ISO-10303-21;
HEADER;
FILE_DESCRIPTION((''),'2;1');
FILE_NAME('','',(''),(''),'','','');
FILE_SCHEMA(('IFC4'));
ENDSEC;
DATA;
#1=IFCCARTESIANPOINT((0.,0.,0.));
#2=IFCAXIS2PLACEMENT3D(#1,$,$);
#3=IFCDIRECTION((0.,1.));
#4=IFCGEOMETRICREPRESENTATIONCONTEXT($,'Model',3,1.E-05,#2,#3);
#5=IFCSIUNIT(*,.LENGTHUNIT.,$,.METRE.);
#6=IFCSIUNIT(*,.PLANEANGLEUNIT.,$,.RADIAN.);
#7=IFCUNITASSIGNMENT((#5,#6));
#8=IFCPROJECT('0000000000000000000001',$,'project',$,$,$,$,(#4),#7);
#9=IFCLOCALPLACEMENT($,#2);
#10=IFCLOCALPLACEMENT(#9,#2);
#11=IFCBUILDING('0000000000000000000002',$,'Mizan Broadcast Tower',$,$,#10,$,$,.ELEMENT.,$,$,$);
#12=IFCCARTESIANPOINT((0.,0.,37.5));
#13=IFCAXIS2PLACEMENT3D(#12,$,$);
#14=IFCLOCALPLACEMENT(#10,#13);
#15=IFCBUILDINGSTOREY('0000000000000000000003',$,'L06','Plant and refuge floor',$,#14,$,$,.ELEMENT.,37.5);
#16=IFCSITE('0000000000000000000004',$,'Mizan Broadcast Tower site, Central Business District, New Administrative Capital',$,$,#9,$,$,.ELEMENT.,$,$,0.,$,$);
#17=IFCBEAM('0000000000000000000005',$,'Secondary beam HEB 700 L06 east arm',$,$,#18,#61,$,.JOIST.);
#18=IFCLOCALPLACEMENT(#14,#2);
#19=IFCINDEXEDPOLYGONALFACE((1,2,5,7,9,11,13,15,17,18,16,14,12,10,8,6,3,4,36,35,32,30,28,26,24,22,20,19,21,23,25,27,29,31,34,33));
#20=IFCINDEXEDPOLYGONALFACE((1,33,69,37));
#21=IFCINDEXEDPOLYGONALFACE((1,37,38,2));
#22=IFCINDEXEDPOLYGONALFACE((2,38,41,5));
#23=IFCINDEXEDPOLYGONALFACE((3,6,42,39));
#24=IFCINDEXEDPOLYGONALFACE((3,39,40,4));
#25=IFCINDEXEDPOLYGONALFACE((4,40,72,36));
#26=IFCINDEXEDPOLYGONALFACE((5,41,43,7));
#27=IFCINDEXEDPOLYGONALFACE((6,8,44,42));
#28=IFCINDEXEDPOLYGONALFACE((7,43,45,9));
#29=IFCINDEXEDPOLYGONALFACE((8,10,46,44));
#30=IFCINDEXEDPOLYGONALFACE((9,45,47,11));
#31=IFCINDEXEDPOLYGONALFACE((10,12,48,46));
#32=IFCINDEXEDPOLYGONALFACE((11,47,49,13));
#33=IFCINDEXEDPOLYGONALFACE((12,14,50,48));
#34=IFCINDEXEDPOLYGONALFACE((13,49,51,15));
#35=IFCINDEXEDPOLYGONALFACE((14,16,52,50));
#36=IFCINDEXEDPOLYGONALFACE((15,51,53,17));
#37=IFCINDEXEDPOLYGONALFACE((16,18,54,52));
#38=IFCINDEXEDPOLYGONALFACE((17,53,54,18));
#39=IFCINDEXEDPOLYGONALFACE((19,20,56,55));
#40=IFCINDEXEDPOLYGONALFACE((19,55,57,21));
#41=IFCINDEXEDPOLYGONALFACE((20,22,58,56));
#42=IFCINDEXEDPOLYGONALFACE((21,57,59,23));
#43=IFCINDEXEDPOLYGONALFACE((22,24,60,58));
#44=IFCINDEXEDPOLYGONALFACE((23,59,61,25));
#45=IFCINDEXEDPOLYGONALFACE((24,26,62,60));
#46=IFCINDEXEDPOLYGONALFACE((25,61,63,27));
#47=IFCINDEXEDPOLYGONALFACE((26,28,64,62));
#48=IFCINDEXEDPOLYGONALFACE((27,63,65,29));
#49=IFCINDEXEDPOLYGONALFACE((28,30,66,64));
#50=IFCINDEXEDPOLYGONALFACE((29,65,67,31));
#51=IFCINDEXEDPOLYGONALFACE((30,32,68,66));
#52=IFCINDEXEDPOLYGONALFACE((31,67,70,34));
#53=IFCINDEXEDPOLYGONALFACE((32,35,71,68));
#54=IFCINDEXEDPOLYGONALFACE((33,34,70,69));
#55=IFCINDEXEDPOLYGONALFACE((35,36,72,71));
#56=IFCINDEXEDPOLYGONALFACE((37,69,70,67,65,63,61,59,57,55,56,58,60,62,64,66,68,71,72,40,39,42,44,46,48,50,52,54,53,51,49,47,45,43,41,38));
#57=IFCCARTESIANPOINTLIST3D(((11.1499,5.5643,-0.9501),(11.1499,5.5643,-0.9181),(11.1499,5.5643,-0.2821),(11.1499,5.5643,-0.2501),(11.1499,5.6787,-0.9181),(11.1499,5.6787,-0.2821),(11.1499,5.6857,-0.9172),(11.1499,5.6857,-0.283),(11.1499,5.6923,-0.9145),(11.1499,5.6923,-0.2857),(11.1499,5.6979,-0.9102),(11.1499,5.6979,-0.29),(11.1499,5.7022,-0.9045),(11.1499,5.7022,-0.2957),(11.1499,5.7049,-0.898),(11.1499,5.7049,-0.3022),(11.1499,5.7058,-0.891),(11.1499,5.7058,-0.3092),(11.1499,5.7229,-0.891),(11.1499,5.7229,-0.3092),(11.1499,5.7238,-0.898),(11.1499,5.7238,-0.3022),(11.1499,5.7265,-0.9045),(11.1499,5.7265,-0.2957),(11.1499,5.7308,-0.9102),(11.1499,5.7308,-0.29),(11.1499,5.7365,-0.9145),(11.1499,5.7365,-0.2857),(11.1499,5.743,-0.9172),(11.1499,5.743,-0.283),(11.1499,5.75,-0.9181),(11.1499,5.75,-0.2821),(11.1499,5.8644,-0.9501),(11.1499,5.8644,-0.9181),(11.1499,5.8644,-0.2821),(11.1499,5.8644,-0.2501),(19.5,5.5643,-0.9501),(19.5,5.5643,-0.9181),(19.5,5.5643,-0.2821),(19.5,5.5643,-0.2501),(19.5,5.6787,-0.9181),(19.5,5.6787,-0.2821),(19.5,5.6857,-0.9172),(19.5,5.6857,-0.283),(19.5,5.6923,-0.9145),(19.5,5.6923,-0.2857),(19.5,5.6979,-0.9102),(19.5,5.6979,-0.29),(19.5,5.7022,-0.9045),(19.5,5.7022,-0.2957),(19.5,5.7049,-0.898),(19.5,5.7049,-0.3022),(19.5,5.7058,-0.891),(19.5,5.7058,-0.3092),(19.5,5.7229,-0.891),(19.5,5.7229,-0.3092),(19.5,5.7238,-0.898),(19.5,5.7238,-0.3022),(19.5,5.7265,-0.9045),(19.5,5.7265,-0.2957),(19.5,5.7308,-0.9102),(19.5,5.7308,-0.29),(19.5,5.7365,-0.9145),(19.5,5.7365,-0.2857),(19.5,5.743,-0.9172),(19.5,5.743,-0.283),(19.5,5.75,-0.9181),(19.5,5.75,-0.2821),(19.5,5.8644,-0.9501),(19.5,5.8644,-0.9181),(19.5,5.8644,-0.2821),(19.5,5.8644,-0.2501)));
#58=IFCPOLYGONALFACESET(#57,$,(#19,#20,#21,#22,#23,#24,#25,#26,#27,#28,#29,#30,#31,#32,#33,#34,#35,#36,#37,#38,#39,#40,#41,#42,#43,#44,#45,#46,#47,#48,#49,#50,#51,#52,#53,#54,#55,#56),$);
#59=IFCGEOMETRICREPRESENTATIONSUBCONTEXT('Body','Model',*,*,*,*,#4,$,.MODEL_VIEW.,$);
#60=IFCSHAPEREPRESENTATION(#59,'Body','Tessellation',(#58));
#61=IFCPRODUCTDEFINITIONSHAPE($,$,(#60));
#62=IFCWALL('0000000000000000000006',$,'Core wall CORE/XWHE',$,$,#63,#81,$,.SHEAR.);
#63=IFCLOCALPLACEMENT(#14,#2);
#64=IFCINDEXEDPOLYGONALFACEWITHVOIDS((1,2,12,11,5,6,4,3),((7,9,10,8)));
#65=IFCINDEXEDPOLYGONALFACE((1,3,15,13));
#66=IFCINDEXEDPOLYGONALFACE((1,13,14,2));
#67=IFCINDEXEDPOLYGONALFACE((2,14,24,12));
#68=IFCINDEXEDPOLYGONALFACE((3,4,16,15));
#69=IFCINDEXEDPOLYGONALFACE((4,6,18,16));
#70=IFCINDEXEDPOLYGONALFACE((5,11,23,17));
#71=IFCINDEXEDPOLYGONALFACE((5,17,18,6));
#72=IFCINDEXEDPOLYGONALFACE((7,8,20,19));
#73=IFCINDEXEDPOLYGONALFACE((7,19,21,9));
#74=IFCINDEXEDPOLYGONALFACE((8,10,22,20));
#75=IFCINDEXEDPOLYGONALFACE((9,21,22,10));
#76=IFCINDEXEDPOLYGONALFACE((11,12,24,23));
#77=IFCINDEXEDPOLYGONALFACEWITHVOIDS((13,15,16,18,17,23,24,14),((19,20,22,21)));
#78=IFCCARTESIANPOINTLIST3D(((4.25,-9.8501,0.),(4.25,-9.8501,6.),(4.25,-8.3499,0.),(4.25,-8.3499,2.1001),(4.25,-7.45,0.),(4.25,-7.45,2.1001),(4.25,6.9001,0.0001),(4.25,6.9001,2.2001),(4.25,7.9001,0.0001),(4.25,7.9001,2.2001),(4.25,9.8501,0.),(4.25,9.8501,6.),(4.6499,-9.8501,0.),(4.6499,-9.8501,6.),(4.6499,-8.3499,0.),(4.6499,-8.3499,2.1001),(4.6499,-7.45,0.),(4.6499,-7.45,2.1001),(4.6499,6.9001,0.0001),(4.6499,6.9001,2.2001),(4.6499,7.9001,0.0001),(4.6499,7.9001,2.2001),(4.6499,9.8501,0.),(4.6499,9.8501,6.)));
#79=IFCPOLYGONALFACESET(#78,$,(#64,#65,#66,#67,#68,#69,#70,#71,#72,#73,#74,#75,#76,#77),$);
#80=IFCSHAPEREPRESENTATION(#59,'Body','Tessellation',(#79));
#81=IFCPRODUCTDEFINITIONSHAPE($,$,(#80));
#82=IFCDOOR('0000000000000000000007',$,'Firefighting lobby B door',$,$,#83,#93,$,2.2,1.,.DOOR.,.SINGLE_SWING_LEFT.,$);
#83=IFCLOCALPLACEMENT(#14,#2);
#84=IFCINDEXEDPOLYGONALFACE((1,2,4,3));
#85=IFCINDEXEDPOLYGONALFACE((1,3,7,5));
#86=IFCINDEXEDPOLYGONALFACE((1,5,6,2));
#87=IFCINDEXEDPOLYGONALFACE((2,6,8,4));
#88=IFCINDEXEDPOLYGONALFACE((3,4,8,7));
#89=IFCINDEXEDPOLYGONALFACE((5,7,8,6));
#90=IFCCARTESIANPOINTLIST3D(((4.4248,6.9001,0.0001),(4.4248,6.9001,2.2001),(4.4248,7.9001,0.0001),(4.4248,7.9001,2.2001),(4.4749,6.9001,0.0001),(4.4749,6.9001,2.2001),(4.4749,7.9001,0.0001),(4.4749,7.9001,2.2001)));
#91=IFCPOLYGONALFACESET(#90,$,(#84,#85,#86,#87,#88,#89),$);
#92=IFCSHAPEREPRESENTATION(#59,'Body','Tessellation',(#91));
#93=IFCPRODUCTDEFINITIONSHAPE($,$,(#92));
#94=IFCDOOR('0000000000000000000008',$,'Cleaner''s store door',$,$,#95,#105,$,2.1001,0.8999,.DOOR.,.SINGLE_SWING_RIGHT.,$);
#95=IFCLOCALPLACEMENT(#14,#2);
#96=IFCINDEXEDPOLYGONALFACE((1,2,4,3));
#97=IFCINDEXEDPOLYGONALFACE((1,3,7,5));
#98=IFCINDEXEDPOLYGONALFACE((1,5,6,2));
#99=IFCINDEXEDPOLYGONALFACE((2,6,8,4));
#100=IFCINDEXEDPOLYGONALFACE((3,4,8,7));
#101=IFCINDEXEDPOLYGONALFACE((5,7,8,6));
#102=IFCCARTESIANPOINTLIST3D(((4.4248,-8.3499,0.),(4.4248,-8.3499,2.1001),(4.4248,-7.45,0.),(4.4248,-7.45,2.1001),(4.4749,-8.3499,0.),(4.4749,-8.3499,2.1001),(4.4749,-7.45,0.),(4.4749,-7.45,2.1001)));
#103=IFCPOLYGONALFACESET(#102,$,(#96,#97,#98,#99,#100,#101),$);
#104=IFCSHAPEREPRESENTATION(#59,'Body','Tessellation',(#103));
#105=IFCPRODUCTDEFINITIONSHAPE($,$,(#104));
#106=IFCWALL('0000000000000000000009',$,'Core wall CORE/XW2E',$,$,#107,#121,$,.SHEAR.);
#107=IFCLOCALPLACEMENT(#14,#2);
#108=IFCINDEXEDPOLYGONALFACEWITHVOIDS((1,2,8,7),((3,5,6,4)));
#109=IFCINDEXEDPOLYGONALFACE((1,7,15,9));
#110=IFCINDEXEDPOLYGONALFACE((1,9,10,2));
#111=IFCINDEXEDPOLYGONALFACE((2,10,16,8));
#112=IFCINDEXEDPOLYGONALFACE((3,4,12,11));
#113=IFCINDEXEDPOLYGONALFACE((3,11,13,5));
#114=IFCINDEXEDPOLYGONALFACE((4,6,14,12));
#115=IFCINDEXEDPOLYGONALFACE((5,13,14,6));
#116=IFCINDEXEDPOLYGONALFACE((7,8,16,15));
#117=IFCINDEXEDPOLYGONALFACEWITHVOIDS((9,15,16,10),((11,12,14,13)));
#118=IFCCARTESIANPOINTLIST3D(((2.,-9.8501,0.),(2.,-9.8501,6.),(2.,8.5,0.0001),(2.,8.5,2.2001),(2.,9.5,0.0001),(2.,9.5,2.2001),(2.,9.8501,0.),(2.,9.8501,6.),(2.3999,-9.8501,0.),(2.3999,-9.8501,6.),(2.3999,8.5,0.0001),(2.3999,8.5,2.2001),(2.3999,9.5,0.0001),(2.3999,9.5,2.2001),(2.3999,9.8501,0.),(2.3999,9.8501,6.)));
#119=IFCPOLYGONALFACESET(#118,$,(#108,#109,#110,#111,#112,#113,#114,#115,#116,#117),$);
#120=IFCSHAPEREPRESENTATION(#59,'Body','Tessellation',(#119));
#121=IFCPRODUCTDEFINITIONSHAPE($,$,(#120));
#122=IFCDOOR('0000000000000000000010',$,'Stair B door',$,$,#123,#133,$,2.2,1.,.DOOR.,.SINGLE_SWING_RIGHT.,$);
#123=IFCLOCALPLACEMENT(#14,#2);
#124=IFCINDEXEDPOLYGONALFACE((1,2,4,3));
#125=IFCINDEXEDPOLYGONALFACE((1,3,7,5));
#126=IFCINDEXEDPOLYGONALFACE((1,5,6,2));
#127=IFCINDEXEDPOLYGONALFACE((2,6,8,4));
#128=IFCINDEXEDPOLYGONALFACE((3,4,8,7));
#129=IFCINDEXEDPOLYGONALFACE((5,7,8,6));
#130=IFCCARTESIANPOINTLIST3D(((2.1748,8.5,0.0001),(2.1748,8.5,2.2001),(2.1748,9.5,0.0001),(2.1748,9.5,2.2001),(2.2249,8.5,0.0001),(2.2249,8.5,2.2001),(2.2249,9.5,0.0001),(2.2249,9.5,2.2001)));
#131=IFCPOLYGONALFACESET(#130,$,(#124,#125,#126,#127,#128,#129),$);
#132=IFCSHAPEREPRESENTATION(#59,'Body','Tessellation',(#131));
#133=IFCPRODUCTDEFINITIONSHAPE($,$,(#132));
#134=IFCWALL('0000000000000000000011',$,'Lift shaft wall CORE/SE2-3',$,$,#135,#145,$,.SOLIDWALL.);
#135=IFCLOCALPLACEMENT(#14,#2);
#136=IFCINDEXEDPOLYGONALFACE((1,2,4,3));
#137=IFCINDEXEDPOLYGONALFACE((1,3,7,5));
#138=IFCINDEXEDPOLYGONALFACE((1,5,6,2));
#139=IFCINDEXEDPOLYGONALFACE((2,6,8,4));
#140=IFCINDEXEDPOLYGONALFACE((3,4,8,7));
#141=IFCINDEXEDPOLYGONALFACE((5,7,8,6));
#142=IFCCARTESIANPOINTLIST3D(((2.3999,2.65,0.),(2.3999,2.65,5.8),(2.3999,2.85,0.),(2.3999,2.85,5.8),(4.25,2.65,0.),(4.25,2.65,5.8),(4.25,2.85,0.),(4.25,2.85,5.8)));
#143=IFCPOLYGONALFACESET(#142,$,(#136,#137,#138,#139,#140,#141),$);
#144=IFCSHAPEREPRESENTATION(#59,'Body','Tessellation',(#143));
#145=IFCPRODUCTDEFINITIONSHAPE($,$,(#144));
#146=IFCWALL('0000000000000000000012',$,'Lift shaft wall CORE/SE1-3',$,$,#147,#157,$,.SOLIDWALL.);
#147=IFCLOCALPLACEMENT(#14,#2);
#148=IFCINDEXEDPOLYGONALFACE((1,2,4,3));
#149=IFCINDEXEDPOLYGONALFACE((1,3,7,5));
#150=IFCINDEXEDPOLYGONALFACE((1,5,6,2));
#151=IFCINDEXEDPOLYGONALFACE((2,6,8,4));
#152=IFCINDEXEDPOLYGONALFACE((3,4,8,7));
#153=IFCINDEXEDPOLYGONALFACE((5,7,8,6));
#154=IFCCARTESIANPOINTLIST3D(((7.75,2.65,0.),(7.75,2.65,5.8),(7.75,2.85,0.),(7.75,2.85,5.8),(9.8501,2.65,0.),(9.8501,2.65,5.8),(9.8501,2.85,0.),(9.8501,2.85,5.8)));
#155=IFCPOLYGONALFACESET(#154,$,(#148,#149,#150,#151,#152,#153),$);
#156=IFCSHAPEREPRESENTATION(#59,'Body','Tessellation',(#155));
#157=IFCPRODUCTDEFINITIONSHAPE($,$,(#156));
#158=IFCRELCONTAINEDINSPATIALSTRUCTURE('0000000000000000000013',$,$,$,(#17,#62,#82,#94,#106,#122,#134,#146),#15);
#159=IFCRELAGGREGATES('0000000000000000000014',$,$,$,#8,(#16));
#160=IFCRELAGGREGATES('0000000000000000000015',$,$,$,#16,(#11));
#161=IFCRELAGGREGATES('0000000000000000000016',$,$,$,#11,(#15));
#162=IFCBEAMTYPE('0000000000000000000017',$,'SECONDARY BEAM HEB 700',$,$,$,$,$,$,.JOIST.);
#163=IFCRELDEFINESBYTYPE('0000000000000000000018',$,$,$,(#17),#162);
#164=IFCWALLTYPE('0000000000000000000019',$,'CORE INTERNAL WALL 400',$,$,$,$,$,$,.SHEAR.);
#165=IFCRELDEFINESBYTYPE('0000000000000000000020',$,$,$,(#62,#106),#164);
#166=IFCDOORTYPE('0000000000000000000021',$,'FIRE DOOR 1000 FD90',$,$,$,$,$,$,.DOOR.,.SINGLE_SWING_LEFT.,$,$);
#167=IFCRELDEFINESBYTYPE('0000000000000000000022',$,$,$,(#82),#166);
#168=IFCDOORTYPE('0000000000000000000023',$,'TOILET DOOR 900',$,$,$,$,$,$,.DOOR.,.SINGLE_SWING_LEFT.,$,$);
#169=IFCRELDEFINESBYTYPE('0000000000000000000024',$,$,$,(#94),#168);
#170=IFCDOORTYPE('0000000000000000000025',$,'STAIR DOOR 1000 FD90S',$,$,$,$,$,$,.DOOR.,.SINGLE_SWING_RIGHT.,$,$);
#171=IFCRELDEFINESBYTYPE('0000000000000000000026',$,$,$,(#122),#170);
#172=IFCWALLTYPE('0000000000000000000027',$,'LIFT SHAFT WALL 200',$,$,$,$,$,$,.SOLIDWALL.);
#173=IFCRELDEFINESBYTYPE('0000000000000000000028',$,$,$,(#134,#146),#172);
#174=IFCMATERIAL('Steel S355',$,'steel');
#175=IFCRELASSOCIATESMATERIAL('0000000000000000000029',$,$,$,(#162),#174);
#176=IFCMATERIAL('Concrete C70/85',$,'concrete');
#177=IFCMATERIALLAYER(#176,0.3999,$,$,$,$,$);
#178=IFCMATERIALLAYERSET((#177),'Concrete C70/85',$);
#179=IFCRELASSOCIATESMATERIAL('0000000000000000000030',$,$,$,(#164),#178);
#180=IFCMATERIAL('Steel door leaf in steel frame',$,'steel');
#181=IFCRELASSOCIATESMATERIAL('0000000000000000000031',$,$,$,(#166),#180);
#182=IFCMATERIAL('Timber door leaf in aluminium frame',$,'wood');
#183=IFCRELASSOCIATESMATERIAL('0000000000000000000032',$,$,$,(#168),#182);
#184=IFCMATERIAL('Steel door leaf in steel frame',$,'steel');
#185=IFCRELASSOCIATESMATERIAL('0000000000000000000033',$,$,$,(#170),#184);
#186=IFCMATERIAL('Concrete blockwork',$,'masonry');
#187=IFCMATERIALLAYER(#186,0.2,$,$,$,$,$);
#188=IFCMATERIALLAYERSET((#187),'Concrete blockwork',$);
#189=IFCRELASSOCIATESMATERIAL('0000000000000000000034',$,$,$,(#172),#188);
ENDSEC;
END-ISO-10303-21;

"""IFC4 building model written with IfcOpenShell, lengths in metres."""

from ifc_helpers import new_model, si_unit, direction, frame, frame_2d, origin, origin_2d, place, context, subcontext, project, spatial, rectangle, i_section, extrude, material, layer, layer_set, material_profile, profile_set, type_object, element, fill, save


model = new_model("IFC4")

# Units and contexts
model_context = context("Model", 3, precision=1e-05, world=origin(), true_north=direction((0.0, 1.0)))
body_context = subcontext(model_context, "Body", "Model", "MODEL_VIEW")
ifc_project = project(units=[si_unit("LENGTHUNIT", "METRE"), si_unit("PLANEANGLEUNIT", "RADIAN")], contexts=[model_context])

# Site, building, storey
site_placement = place(None, origin())
site = spatial("IfcSite", under=ifc_project, at=site_placement, Name="Mizan Broadcast Tower site, Central Business District, New Administrative Capital", CompositionType="ELEMENT", RefElevation=0.0)
building_placement = place(site_placement, origin())
building = spatial("IfcBuilding", under=site, at=building_placement, Name="Mizan Broadcast Tower", CompositionType="ELEMENT")
storey_placement = place(building_placement, frame((0.0, 0.0, 37.5)))
storey = spatial("IfcBuildingStorey", under=building, at=storey_placement, Name="L06", Description="Plant and refuge floor", CompositionType="ELEMENT", Elevation=37.5)

# Beam
ifc_material_1 = material(Name="Steel S355", Category="steel")
ifc_material_profile_1 = material_profile(ifc_material_1, i_section(OverallWidth=0.3, OverallDepth=0.7, WebThickness=0.0171, FlangeThickness=0.032, FilletRadius=0.0271, at=origin_2d()), Name="HEB 700")
ifc_profile_set_1 = profile_set([ifc_material_profile_1], Name="Steel S355")
beam_type_1 = type_object("IfcBeamType", Name="SECONDARY BEAM HEB 700", PredefinedType="JOIST", material=ifc_profile_set_1)
beam_placement = place(storey_placement, frame((11.1499, 5.7144, -0.6001), z_axis=(1.0, 0.0, 0.0), x_axis=(0.0, 1.0, 0.0)))
element("IfcBeam", 1, at=beam_placement, inside=storey, type_object=beam_type_1, Name="Secondary beam HEB 700 L06 east arm", PredefinedType="JOIST", context=body_context, shape_type="SweptSolid", body=[
    extrude(i_section(OverallWidth=0.3, OverallDepth=0.7, WebThickness=0.0171, FlangeThickness=0.032, FilletRadius=0.0271, at=origin_2d()), origin(), (0.0, 0.0, 1.0), 8.3501),
])

# Wall, openings, doors
ifc_material_2 = material(Name="Concrete C70/85", Category="concrete")
ifc_layer_1 = layer(ifc_material_2, 0.3999)
ifc_layer_set_1 = layer_set([ifc_layer_1], Name="Concrete C70/85")
wall_type_1 = type_object("IfcWallType", Name="CORE INTERNAL WALL 400", PredefinedType="SHEAR", material=ifc_layer_set_1)
wall_1_placement = place(storey_placement, frame((4.45, 9.8501, 0.0), z_axis=(0.0, 0.0, 1.0), x_axis=(0.0, -1.0, 0.0)))
wall_1 = element("IfcWall", 2, at=wall_1_placement, inside=storey, type_object=wall_type_1, Name="Core wall CORE/XWHE", PredefinedType="SHEAR", context=body_context, shape_type="SweptSolid", body=[
    extrude(rectangle(XDim=19.7002, YDim=0.3999, at=frame_2d((9.8501, 0.0))), origin(), (0.0, 0.0, 1.0), 6.0),
])
opening_1_placement = place(wall_1_placement, frame((1.95, 0.0, 0.0)))
opening_1 = element("IfcOpeningElement", 3, at=opening_1_placement, cuts=wall_1, PredefinedType="OPENING", context=body_context, shape_type="SweptSolid", body=[
    extrude(rectangle(XDim=1.0, YDim=2.2, at=frame_2d((0.5, 1.1001))), frame((0.0, 0.21, 0.0), z_axis=(0.0, -1.0, 0.0), x_axis=(1.0, 0.0, 0.0)), (0.0, 0.0, 1.0), 0.4199),
])
opening_2_placement = place(wall_1_placement, frame((17.3, 0.0, 0.0)))
opening_2 = element("IfcOpeningElement", 4, at=opening_2_placement, cuts=wall_1, PredefinedType="OPENING", context=body_context, shape_type="SweptSolid", body=[
    extrude(rectangle(XDim=0.8999, YDim=2.1001, at=frame_2d((0.45, 1.05))), frame((0.0, 0.21, 0.0), z_axis=(0.0, -1.0, 0.0), x_axis=(1.0, 0.0, 0.0)), (0.0, 0.0, 1.0), 0.4199),
])
ifc_material_3 = material(Name="Steel door leaf in steel frame", Category="steel")
door_type_1 = type_object("IfcDoorType", Name="FIRE DOOR 1000 FD90", OperationType="SINGLE_SWING_LEFT", PredefinedType="DOOR", material=ifc_material_3)
door_1_placement = place(opening_1_placement, origin())
door_1 = element("IfcDoor", 5, at=door_1_placement, inside=storey, type_object=door_type_1, Name="Firefighting lobby B door", OperationType="SINGLE_SWING_LEFT", OverallHeight=2.2, OverallWidth=1.0, PredefinedType="DOOR", context=body_context, shape_type="SweptSolid", body=[
    extrude(rectangle(XDim=1.0, YDim=2.2, at=frame_2d((0.5, 1.1001))), frame((0.0, 0.0249, 0.0), z_axis=(0.0, -1.0, 0.0), x_axis=(1.0, 0.0, 0.0)), (0.0, 0.0, 1.0), 0.05),
])
fill(opening_1, door_1)
ifc_material_4 = material(Name="Timber door leaf in aluminium frame", Category="wood")
door_type_2 = type_object("IfcDoorType", Name="TOILET DOOR 900", OperationType="SINGLE_SWING_LEFT", PredefinedType="DOOR", material=ifc_material_4)
door_2_placement = place(opening_2_placement, origin())
door_2 = element("IfcDoor", 6, at=door_2_placement, inside=storey, type_object=door_type_2, Name="Cleaner's store door", OperationType="SINGLE_SWING_RIGHT", OverallHeight=2.1001, OverallWidth=0.8999, PredefinedType="DOOR", context=body_context, shape_type="SweptSolid", body=[
    extrude(rectangle(XDim=0.8999, YDim=2.1001, at=frame_2d((0.45, 1.05))), frame((0.0, 0.0249, 0.0), z_axis=(0.0, -1.0, 0.0), x_axis=(1.0, 0.0, 0.0)), (0.0, 0.0, 1.0), 0.05),
])
fill(opening_2, door_2)

# Wall, opening, door
wall_2_placement = place(storey_placement, frame((2.2, 9.8501, 0.0), z_axis=(0.0, 0.0, 1.0), x_axis=(0.0, -1.0, 0.0)))
wall_2 = element("IfcWall", 7, at=wall_2_placement, inside=storey, type_object=wall_type_1, Name="Core wall CORE/XW2E", PredefinedType="SHEAR", context=body_context, shape_type="SweptSolid", body=[
    extrude(rectangle(XDim=19.7002, YDim=0.3999, at=frame_2d((9.8501, 0.0))), origin(), (0.0, 0.0, 1.0), 6.0),
])
opening_3_placement = place(wall_2_placement, frame((0.3501, 0.0, 0.0)))
opening_3 = element("IfcOpeningElement", 8, at=opening_3_placement, cuts=wall_2, PredefinedType="OPENING", context=body_context, shape_type="SweptSolid", body=[
    extrude(rectangle(XDim=1.0, YDim=2.2, at=frame_2d((0.5, 1.1001))), frame((0.0, 0.21, 0.0), z_axis=(0.0, -1.0, 0.0), x_axis=(1.0, 0.0, 0.0)), (0.0, 0.0, 1.0), 0.4199),
])
ifc_material_5 = material(Name="Steel door leaf in steel frame", Category="steel")
door_type_3 = type_object("IfcDoorType", Name="STAIR DOOR 1000 FD90S", OperationType="SINGLE_SWING_RIGHT", PredefinedType="DOOR", material=ifc_material_5)
door_3_placement = place(opening_3_placement, origin())
door_3 = element("IfcDoor", 9, at=door_3_placement, inside=storey, type_object=door_type_3, Name="Stair B door", OperationType="SINGLE_SWING_RIGHT", OverallHeight=2.2, OverallWidth=1.0, PredefinedType="DOOR", context=body_context, shape_type="SweptSolid", body=[
    extrude(rectangle(XDim=1.0, YDim=2.2, at=frame_2d((0.5, 1.1001))), frame((0.0, 0.0249, 0.0), z_axis=(0.0, -1.0, 0.0), x_axis=(1.0, 0.0, 0.0)), (0.0, 0.0, 1.0), 0.05),
])
fill(opening_3, door_3)

# Walls
ifc_material_6 = material(Name="Concrete blockwork", Category="masonry")
ifc_layer_2 = layer(ifc_material_6, 0.2)
ifc_layer_set_2 = layer_set([ifc_layer_2], Name="Concrete blockwork")
wall_type_2 = type_object("IfcWallType", Name="LIFT SHAFT WALL 200", PredefinedType="SOLIDWALL", material=ifc_layer_set_2)
wall_3_placement = place(storey_placement, frame((2.3999, 2.75, 0.0), z_axis=(0.0, 0.0, 1.0), x_axis=(1.0, 0.0, 0.0)))
element("IfcWall", 10, at=wall_3_placement, inside=storey, type_object=wall_type_2, Name="Lift shaft wall CORE/SE2-3", PredefinedType="SOLIDWALL", context=body_context, shape_type="SweptSolid", body=[
    extrude(rectangle(XDim=1.8501, YDim=0.2, at=frame_2d((0.925, 0.0))), origin(), (0.0, 0.0, 1.0), 5.8),
])
wall_4_placement = place(storey_placement, frame((7.75, 2.75, 0.0), z_axis=(0.0, 0.0, 1.0), x_axis=(1.0, 0.0, 0.0)))
element("IfcWall", 11, at=wall_4_placement, inside=storey, type_object=wall_type_2, Name="Lift shaft wall CORE/SE1-3", PredefinedType="SOLIDWALL", context=body_context, shape_type="SweptSolid", body=[
    extrude(rectangle(XDim=2.1001, YDim=0.2, at=frame_2d((1.05, 0.0))), origin(), (0.0, 0.0, 1.0), 5.8),
])

save(model, "model.ifc")
